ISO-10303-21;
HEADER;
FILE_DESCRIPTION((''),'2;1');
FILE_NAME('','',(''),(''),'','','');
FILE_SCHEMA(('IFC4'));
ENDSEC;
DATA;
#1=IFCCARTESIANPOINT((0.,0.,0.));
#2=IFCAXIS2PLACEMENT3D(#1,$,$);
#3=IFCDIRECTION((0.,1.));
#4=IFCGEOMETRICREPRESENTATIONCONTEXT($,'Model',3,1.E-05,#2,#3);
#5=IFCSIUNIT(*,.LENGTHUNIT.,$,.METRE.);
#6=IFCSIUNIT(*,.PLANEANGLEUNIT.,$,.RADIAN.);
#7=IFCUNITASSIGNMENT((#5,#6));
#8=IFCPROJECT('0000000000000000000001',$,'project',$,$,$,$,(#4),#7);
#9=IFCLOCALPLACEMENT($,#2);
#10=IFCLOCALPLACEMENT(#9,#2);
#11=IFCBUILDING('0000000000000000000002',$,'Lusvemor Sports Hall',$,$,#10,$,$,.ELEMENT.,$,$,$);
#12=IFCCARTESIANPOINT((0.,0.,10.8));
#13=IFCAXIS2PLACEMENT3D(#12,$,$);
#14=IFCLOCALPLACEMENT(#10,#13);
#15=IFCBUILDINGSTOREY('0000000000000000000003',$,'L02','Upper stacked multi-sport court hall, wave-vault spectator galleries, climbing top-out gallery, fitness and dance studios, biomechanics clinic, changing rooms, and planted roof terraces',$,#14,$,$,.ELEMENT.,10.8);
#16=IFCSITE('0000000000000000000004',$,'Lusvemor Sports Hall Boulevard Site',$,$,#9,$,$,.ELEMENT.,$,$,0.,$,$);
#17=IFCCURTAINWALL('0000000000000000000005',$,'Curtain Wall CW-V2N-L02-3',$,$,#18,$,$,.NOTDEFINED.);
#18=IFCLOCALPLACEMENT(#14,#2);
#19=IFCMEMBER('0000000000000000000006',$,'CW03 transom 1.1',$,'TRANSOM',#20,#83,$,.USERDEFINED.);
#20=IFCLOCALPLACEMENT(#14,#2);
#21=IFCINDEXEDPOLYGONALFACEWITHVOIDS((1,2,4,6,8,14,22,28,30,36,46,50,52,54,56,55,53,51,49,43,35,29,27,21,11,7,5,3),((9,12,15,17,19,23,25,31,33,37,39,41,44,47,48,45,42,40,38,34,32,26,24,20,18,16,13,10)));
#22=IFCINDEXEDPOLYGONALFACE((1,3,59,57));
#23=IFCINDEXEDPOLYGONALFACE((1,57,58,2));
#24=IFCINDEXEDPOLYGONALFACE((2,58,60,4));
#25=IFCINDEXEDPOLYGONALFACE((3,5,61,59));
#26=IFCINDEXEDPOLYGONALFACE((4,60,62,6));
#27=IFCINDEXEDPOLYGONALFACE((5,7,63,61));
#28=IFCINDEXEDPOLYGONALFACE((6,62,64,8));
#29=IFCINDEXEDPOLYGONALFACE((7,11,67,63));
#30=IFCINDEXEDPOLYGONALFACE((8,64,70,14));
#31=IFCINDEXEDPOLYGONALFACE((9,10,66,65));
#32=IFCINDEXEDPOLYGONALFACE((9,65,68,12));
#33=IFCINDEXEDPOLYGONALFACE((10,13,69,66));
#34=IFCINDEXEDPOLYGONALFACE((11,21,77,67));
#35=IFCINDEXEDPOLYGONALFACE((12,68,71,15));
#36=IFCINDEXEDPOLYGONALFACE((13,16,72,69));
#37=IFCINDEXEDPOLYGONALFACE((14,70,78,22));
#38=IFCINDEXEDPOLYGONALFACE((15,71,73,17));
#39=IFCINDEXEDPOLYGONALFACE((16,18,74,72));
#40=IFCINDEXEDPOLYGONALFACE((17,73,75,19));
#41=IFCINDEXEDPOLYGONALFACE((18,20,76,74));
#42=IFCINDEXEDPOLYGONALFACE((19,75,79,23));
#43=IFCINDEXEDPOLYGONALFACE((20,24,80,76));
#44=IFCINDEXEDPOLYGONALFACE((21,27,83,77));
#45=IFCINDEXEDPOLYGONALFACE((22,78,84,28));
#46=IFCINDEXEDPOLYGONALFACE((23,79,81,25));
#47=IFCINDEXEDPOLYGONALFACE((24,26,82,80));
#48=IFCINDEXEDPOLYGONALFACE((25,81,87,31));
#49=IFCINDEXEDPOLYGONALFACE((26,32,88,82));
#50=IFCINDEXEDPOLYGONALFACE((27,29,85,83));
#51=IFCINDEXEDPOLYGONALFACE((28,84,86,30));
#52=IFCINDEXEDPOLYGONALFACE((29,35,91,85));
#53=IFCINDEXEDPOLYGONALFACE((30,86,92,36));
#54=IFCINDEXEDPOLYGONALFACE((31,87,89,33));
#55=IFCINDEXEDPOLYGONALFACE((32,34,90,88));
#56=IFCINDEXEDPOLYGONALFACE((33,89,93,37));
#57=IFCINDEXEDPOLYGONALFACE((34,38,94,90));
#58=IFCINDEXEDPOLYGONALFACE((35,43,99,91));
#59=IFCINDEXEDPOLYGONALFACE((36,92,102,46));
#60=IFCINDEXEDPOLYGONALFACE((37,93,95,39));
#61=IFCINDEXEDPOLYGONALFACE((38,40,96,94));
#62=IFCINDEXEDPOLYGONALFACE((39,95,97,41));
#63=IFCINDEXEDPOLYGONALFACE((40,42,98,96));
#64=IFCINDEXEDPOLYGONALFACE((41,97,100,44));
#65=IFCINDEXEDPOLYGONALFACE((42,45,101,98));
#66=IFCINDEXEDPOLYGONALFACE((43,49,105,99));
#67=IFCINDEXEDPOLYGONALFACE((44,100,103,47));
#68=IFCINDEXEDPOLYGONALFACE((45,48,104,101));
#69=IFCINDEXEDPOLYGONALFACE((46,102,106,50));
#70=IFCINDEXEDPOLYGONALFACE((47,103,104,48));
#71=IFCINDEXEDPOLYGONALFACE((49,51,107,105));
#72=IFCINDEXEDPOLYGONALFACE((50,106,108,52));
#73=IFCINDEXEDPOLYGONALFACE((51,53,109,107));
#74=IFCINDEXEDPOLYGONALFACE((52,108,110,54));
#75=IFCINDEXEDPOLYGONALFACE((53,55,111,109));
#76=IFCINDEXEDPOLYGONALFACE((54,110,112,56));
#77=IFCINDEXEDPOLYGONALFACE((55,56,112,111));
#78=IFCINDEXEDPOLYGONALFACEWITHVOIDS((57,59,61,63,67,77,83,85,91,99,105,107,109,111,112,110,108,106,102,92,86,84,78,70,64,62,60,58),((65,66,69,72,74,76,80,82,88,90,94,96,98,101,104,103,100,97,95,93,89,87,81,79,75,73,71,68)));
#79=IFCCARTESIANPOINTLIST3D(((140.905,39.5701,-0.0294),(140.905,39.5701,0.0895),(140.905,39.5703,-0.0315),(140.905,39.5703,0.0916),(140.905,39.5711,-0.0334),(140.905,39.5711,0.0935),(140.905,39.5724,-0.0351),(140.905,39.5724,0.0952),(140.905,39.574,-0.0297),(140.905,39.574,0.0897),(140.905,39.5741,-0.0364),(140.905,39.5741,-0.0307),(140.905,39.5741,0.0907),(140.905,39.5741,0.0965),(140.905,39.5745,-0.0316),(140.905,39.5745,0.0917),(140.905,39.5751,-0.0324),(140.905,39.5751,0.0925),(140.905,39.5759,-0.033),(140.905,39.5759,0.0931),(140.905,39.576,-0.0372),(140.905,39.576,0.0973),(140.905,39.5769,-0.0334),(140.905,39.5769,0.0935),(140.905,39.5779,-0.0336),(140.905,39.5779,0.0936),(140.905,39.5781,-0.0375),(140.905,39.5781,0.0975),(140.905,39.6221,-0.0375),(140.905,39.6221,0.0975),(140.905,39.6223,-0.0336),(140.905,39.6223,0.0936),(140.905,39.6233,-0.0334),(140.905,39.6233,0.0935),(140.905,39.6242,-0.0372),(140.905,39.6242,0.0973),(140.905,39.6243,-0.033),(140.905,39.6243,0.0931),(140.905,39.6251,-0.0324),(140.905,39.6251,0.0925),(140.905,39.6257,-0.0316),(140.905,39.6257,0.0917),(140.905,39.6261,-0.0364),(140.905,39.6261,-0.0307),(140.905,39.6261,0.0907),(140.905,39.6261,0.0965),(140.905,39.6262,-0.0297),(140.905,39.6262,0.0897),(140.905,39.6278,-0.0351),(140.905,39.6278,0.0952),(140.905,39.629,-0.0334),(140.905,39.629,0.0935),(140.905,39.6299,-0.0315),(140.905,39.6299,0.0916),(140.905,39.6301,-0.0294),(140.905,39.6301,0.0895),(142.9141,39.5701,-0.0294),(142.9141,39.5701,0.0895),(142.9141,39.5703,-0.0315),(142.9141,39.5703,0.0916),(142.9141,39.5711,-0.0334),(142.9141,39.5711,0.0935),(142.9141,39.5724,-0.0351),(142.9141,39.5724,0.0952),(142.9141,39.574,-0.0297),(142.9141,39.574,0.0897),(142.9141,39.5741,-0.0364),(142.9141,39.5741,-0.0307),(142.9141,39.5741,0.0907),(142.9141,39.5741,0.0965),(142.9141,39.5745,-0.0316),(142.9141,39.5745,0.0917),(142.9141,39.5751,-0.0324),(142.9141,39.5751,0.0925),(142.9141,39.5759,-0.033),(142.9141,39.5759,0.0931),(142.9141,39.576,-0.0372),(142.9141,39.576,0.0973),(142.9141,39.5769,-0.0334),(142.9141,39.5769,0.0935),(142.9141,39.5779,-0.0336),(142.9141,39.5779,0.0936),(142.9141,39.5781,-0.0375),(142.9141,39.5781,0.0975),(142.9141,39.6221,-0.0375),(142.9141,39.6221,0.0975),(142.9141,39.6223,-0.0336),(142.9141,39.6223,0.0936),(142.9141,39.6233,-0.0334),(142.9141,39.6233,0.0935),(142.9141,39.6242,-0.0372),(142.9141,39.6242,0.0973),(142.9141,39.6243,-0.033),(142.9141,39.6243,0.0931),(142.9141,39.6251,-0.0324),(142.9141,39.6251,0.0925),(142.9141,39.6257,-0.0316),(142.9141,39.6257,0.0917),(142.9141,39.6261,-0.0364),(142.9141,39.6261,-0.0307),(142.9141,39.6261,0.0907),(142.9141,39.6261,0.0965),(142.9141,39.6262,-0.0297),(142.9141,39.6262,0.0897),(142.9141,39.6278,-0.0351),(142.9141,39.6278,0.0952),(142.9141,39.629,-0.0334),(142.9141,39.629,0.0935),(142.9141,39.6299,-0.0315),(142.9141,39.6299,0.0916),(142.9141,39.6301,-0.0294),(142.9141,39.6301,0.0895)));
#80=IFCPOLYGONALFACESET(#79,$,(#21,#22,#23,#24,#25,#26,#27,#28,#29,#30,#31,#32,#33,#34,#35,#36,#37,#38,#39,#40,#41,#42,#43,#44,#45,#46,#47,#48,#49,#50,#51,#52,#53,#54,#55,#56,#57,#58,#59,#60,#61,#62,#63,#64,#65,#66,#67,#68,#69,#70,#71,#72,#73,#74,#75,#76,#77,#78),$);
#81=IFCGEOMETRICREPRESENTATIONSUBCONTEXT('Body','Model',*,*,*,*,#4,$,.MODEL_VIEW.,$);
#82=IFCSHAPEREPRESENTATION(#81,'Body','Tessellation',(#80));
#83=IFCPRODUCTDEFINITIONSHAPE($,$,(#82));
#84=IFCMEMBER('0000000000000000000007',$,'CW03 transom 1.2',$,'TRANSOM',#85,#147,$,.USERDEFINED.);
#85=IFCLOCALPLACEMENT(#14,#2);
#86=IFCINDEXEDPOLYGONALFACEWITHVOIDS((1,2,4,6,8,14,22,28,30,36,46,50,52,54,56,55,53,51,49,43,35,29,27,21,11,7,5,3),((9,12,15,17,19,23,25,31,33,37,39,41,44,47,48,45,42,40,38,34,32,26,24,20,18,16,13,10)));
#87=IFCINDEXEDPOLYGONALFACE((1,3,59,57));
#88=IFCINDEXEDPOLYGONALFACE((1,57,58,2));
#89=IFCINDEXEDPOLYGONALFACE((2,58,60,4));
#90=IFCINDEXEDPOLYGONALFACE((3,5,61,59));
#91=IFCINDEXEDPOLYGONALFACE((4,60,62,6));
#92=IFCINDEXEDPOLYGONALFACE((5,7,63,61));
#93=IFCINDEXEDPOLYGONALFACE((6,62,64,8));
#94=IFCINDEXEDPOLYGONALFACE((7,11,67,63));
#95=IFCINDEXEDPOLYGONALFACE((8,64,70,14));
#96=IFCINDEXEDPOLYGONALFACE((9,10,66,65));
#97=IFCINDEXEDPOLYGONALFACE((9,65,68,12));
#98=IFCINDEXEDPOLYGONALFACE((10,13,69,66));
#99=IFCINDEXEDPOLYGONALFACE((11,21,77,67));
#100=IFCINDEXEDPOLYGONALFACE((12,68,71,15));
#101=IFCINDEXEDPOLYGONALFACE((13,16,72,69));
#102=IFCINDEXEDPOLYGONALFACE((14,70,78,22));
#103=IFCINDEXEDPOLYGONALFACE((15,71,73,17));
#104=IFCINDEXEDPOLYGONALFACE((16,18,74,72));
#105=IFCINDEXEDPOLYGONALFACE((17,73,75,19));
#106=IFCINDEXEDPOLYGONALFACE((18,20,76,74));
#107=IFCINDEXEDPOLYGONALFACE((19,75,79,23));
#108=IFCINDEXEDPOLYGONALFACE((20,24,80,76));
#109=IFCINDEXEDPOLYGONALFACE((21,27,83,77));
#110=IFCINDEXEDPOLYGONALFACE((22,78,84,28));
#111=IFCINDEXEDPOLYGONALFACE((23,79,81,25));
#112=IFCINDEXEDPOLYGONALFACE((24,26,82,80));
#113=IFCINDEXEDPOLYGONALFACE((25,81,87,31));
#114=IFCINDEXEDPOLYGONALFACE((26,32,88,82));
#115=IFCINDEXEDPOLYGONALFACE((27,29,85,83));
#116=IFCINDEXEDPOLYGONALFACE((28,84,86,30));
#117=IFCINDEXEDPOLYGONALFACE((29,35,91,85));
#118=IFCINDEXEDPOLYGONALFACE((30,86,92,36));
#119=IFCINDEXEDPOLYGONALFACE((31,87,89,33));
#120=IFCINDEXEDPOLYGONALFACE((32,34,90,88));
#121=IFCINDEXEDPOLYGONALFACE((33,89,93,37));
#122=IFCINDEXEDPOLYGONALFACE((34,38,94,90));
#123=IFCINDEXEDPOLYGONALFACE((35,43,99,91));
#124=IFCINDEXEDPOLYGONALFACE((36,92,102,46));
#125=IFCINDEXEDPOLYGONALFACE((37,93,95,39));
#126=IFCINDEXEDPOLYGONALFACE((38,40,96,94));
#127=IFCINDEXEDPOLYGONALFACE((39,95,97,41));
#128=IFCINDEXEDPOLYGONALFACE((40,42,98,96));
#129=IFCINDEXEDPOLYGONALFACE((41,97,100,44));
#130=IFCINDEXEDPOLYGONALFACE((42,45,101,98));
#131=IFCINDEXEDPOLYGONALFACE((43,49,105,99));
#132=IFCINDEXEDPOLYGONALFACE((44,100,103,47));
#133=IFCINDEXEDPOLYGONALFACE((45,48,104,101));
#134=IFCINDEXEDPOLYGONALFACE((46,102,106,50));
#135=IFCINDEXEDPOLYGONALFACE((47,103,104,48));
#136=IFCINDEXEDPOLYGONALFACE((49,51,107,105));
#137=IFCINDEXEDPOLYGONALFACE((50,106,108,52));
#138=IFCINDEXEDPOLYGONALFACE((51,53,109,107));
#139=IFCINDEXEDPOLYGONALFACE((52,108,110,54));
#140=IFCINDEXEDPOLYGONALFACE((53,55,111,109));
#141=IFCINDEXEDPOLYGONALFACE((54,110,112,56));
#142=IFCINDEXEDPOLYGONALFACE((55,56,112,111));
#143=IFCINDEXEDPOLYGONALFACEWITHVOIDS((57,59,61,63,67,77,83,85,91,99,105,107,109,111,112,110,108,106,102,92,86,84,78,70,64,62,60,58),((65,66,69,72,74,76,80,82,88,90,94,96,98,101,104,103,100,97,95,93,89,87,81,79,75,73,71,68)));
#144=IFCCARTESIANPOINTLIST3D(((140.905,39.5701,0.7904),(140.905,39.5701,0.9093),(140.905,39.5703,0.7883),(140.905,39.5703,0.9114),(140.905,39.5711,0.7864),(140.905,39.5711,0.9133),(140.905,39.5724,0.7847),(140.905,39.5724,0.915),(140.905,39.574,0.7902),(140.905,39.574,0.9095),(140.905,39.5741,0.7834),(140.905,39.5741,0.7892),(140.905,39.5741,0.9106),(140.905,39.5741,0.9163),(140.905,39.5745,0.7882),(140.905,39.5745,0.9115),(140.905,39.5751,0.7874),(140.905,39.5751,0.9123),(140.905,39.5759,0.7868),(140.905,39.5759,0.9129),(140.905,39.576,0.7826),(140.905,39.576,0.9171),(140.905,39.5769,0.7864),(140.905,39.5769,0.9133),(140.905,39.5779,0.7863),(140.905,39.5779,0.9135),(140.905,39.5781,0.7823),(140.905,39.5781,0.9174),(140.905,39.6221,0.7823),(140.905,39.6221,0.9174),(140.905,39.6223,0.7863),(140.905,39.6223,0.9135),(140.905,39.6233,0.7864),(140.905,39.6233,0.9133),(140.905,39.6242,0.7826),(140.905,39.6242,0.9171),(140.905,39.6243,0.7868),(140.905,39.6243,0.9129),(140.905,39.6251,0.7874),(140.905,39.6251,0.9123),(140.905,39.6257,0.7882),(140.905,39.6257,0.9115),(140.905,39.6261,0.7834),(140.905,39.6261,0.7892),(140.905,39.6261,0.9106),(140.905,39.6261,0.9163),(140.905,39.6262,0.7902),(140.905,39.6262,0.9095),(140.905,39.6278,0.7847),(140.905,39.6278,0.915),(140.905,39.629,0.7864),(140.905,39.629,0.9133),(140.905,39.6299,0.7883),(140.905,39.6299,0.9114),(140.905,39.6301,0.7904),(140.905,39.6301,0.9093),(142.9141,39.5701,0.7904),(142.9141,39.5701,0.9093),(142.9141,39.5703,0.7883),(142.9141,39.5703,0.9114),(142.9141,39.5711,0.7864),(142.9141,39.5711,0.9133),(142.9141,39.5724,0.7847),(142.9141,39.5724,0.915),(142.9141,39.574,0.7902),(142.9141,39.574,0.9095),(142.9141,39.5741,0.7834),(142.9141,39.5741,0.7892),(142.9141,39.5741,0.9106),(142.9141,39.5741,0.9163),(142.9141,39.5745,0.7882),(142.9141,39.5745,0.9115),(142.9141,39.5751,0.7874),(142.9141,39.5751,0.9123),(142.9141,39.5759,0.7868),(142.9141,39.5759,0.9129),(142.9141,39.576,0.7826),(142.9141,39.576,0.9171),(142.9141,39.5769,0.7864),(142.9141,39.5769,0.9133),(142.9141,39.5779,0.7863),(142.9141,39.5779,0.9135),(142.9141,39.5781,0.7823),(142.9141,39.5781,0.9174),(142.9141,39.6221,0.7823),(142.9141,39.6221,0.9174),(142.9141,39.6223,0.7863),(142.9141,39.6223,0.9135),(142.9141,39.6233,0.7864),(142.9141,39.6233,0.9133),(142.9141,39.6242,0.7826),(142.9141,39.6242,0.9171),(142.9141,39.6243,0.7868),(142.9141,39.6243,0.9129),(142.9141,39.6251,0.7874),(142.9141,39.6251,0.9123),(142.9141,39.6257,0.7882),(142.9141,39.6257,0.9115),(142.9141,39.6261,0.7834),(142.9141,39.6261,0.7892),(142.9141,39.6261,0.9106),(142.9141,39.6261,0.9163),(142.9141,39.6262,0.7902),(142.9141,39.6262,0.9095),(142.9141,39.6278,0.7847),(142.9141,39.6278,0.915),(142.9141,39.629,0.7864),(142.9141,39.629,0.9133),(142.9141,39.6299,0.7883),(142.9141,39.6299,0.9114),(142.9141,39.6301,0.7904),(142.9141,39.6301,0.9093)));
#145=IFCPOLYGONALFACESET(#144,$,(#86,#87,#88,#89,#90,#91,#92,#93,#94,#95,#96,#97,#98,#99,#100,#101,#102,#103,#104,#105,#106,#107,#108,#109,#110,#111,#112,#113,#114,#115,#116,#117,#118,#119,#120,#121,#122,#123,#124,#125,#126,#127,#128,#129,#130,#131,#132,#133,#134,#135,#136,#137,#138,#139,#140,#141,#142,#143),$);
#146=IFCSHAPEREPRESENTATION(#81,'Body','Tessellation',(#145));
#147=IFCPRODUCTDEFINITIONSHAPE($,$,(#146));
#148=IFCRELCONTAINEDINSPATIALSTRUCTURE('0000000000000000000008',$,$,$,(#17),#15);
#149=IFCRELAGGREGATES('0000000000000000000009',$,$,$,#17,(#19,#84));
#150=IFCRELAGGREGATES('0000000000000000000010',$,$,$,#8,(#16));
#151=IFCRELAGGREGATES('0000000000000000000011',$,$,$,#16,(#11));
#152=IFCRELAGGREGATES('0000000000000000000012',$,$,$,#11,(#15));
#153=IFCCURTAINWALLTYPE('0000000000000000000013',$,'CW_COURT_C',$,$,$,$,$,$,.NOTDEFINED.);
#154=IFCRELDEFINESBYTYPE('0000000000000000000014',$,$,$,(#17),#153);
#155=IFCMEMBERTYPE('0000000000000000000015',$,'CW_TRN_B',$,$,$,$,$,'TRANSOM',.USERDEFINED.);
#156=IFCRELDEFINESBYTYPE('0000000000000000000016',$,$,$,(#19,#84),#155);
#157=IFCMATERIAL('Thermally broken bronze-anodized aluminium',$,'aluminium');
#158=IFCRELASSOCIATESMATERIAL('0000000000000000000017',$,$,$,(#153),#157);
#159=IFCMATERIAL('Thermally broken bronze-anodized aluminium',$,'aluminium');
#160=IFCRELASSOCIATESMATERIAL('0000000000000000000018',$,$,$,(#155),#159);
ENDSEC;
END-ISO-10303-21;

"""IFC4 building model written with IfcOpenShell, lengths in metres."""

from ifc_helpers import new_model, si_unit, direction, frame, origin, origin_2d, place, context, subcontext, project, spatial, hollow_rectangle, extrude, material, material_profile, profile_set, type_object, element, aggregate, save


model = new_model("IFC4")

# Units and contexts
model_context = context("Model", 3, precision=1e-05, world=origin(), true_north=direction((0.0, 1.0)))
body_context = subcontext(model_context, "Body", "Model", "MODEL_VIEW")
ifc_project = project(units=[si_unit("LENGTHUNIT", "METRE"), si_unit("PLANEANGLEUNIT", "RADIAN")], contexts=[model_context])

# Site, building, storey
site_placement = place(None, origin())
site = spatial("IfcSite", under=ifc_project, at=site_placement, Name="Lusvemor Sports Hall Boulevard Site", CompositionType="ELEMENT", RefElevation=0.0)
building_placement = place(site_placement, origin())
building = spatial("IfcBuilding", under=site, at=building_placement, Name="Lusvemor Sports Hall", CompositionType="ELEMENT")
storey_placement = place(building_placement, frame((0.0, 0.0, 10.8)))
storey = spatial("IfcBuildingStorey", under=building, at=storey_placement, Name="L02", Description="Upper stacked multi-sport court hall, wave-vault spectator galleries, climbing top-out gallery, fitness and dance studios, biomechanics clinic, changing rooms, and planted roof terraces", CompositionType="ELEMENT", Elevation=10.8)

# Curtain wall, members
ifc_material_1 = material(Name="Thermally broken bronze-anodized aluminium", Category="aluminium")
curtain_wall_type = type_object("IfcCurtainWallType", Name="CW_COURT_C", PredefinedType="NOTDEFINED", material=ifc_material_1)
curtain_wall_placement = place(storey_placement, origin())
curtain_wall = element("IfcCurtainWall", 1, at=curtain_wall_placement, inside=storey, type_object=curtain_wall_type, Name="Curtain Wall CW-V2N-L02-3", PredefinedType="NOTDEFINED")
ifc_material_2 = material(Name="Thermally broken bronze-anodized aluminium", Category="aluminium")
ifc_material_profile_1 = material_profile(ifc_material_2, hollow_rectangle(XDim=0.0601, YDim=0.135, WallThickness=0.0039, InnerFilletRadius=0.0039, OuterFilletRadius=0.0081, at=origin_2d()), Name="CWTRN135x60x4")
ifc_profile_set_1 = profile_set([ifc_material_profile_1], Name="Thermally broken bronze-anodized aluminium")
member_type_1 = type_object("IfcMemberType", Name="CW_TRN_B", ElementType="TRANSOM", PredefinedType="USERDEFINED", material=ifc_profile_set_1)
member_1_placement = place(storey_placement, frame((140.905, 39.6001, 0.03), z_axis=(1.0, 0.0, 0.0), x_axis=(0.0, 1.0, 0.0)))
member_1 = element("IfcMember", 2, at=member_1_placement, type_object=member_type_1, Name="CW03 transom 1.1", ObjectType="TRANSOM", PredefinedType="USERDEFINED", context=body_context, shape_type="SweptSolid", body=[
    extrude(hollow_rectangle(XDim=0.0601, YDim=0.135, WallThickness=0.0039, InnerFilletRadius=0.0039, OuterFilletRadius=0.0081, at=origin_2d()), origin(), (0.0, 0.0, 1.0), 2.009),
])
member_2_placement = place(storey_placement, frame((140.905, 39.6001, 0.8499), z_axis=(1.0, 0.0, 0.0), x_axis=(0.0, 1.0, 0.0)))
member_2 = element("IfcMember", 3, at=member_2_placement, type_object=member_type_1, Name="CW03 transom 1.2", ObjectType="TRANSOM", PredefinedType="USERDEFINED", context=body_context, shape_type="SweptSolid", body=[
    extrude(hollow_rectangle(XDim=0.0601, YDim=0.135, WallThickness=0.0039, InnerFilletRadius=0.0039, OuterFilletRadius=0.0081, at=origin_2d()), origin(), (0.0, 0.0, 1.0), 2.009),
])

aggregate(curtain_wall, [member_1, member_2])

save(model, "model.ifc")
